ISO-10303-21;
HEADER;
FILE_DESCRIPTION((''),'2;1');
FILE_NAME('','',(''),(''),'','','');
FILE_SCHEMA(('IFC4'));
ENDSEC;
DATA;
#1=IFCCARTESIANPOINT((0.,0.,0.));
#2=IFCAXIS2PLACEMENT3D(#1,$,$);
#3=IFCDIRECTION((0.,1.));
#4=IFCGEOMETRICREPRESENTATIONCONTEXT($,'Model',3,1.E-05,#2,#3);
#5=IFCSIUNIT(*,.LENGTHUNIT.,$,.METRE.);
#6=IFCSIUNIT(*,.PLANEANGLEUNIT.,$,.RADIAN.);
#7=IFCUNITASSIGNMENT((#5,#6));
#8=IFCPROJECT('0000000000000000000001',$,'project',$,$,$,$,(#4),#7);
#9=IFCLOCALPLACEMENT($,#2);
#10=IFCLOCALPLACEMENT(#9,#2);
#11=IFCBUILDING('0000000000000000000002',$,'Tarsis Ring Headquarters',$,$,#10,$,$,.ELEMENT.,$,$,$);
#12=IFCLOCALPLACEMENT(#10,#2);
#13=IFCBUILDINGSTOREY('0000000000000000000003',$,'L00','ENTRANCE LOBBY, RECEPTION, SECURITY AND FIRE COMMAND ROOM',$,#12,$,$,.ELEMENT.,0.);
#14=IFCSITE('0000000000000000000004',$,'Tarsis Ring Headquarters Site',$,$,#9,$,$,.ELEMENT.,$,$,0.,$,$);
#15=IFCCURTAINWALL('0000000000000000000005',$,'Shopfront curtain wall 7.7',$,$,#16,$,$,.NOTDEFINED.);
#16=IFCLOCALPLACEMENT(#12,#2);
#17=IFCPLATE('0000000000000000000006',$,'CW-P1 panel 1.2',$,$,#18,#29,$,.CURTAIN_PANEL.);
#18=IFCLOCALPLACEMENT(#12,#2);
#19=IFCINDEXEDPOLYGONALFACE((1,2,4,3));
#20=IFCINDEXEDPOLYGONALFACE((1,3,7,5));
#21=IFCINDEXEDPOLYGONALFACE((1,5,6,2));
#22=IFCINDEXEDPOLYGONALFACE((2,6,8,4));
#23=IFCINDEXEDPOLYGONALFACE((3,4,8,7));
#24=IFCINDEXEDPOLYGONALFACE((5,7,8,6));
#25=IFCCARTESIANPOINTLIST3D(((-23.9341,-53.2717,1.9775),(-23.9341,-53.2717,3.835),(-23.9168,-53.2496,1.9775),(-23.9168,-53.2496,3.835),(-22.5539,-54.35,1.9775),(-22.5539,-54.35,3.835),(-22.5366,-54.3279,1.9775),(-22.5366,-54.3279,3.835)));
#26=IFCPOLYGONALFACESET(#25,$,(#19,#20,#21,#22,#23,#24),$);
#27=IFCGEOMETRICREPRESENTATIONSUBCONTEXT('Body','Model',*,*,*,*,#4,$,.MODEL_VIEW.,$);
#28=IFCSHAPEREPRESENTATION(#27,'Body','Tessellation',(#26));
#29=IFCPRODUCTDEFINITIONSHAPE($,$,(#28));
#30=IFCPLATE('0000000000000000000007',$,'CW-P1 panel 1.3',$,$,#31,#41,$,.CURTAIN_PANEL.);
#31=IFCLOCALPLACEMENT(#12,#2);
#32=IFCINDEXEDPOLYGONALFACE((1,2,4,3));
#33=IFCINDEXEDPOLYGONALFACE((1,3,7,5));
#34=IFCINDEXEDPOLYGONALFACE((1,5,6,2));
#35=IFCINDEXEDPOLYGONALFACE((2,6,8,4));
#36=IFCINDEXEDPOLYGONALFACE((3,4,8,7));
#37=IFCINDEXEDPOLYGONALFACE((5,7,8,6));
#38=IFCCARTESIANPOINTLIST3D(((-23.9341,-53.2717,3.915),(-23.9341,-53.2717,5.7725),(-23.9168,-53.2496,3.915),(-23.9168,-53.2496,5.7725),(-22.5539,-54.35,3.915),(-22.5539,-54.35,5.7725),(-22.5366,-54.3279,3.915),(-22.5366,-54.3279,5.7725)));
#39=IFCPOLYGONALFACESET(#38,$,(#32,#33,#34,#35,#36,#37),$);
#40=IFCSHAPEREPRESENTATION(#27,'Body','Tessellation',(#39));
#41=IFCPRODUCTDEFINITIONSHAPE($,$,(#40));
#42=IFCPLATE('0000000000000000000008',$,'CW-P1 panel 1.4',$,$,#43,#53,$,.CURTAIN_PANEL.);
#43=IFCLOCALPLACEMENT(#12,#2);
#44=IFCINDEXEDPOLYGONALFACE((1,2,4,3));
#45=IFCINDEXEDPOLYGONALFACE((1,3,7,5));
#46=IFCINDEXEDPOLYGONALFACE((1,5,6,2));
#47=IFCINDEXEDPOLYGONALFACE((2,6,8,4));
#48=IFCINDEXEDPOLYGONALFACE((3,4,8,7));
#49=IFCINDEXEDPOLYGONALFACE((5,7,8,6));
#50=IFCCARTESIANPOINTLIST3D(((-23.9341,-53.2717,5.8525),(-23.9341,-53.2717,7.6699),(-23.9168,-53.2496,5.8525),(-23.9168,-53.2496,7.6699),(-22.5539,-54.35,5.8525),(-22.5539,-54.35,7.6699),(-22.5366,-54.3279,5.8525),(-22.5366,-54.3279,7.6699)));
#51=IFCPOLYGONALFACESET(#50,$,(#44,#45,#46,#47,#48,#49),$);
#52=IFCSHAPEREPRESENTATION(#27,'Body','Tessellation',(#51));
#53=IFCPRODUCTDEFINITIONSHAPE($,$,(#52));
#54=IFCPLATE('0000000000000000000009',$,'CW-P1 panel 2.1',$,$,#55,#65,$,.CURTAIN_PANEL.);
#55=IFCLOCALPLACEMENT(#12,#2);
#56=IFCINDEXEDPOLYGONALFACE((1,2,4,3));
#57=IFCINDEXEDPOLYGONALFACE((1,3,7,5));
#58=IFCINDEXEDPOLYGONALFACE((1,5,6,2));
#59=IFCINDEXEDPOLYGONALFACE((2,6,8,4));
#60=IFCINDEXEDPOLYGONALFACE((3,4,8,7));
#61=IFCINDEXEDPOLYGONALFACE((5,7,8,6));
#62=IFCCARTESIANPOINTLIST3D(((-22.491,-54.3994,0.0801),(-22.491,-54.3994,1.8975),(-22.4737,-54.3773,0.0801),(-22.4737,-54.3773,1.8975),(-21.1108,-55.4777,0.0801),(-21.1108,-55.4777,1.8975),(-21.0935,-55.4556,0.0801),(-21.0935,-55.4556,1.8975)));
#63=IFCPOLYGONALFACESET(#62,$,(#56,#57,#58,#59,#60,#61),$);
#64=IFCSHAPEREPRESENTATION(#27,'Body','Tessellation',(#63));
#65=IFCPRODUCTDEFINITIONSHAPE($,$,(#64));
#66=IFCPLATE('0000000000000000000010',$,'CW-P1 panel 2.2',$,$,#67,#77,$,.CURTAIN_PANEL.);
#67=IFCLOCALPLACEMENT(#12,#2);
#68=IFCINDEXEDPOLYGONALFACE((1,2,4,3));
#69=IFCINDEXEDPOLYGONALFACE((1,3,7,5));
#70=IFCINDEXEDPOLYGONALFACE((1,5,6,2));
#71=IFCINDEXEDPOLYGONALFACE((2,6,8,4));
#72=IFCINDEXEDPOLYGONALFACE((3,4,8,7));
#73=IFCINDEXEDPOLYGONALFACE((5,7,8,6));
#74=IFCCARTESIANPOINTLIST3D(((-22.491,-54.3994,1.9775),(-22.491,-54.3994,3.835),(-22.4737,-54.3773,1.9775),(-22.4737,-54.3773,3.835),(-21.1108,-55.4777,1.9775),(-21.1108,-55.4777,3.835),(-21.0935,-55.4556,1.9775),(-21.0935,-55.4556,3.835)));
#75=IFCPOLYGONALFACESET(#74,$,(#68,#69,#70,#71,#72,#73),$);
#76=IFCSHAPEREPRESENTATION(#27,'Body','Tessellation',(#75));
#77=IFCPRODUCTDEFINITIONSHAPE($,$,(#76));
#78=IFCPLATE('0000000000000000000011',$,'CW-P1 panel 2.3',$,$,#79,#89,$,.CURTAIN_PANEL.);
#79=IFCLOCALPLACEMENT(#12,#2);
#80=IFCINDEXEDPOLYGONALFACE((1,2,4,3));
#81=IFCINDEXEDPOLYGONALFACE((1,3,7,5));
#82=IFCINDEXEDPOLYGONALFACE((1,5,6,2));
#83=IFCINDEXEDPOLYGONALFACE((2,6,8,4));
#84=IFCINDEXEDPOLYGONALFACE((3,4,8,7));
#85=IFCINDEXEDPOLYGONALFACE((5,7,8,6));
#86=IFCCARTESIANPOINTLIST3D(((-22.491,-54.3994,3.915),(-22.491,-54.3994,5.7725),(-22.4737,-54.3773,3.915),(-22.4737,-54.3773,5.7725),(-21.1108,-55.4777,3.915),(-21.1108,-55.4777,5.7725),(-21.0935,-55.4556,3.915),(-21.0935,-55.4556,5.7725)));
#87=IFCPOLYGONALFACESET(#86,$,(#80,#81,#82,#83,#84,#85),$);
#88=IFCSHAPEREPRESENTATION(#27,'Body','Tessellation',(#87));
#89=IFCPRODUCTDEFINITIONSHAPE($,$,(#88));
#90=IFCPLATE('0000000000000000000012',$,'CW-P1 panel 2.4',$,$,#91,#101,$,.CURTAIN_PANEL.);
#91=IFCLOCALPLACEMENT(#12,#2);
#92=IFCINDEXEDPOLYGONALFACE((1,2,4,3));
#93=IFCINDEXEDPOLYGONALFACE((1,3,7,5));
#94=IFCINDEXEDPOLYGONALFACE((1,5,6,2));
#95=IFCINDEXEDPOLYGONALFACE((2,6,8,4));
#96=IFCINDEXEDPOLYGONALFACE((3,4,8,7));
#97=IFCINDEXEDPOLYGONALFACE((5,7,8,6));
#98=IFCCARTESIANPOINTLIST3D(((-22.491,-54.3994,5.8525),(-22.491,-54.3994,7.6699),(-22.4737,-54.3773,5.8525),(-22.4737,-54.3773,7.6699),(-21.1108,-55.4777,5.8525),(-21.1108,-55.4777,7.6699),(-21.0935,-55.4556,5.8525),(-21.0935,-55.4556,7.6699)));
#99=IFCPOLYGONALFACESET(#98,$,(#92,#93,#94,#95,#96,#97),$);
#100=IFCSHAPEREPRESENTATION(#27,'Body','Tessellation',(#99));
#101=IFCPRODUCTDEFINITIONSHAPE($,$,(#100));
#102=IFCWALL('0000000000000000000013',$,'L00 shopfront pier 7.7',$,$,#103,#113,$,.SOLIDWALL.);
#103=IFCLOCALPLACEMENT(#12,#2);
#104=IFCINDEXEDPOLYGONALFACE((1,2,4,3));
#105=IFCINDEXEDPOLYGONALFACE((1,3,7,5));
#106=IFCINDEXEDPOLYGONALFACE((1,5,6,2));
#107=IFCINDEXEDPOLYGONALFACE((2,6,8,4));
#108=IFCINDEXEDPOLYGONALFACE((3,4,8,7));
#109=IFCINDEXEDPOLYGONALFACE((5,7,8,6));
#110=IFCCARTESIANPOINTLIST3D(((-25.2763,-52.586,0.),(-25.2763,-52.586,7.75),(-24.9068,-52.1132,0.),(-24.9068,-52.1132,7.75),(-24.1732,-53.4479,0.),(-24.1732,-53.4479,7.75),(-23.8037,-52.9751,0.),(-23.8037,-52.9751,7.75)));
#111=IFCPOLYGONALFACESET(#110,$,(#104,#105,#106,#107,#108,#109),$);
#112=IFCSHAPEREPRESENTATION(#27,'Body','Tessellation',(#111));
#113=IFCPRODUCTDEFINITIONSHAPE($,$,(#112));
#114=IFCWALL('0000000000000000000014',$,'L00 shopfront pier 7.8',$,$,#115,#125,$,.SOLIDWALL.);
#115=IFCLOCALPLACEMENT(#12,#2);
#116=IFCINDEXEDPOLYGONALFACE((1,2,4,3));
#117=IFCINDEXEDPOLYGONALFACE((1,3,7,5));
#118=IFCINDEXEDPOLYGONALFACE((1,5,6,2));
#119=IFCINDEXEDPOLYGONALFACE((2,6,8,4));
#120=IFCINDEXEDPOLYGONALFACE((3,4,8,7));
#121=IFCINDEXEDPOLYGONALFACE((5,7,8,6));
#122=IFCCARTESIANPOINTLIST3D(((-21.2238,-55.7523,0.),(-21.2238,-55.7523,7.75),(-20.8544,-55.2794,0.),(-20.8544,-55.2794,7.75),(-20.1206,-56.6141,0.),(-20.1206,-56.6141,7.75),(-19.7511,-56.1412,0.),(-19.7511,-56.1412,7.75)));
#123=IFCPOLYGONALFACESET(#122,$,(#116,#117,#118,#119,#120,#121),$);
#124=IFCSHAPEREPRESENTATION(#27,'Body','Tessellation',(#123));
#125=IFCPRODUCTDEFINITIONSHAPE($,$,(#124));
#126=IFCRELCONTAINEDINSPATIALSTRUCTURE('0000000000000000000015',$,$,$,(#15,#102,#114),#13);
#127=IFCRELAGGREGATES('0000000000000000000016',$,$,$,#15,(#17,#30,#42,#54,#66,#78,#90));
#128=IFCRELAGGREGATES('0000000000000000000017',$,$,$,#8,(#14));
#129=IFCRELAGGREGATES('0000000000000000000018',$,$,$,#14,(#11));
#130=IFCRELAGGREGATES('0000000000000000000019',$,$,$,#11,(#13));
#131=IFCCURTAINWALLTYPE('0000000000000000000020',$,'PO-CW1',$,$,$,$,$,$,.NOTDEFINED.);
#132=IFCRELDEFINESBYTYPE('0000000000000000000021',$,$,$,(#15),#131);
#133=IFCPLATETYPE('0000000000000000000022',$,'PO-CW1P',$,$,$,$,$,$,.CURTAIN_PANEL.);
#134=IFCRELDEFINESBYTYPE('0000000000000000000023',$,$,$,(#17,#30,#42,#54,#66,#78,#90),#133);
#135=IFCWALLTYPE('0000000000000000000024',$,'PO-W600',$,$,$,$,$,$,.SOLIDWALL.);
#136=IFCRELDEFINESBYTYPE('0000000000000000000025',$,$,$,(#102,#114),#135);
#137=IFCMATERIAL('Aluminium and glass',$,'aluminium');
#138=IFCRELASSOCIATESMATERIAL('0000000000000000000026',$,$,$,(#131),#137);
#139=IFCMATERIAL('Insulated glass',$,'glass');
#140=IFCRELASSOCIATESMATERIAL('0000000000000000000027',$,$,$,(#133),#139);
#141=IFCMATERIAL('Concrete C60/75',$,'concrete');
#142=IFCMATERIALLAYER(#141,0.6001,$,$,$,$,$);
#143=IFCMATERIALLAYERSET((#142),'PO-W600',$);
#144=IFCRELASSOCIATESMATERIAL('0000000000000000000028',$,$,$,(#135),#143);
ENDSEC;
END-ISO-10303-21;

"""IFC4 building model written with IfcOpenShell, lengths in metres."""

from ifc_helpers import new_model, si_unit, direction, frame, frame_2d, origin, origin_2d, place, context, subcontext, project, spatial, rectangle, extrude, material, layer, layer_set, type_object, element, aggregate, save


model = new_model("IFC4")

# Units and contexts
model_context = context("Model", 3, precision=1e-05, world=origin(), true_north=direction((0.0, 1.0)))
body_context = subcontext(model_context, "Body", "Model", "MODEL_VIEW")
ifc_project = project(units=[si_unit("LENGTHUNIT", "METRE"), si_unit("PLANEANGLEUNIT", "RADIAN")], contexts=[model_context])

# Site, building, storey
site_placement = place(None, origin())
site = spatial("IfcSite", under=ifc_project, at=site_placement, Name="Tarsis Ring Headquarters Site", CompositionType="ELEMENT", RefElevation=0.0)
building_placement = place(site_placement, origin())
building = spatial("IfcBuilding", under=site, at=building_placement, Name="Tarsis Ring Headquarters", CompositionType="ELEMENT")
storey_placement = place(building_placement, origin())
storey = spatial("IfcBuildingStorey", under=building, at=storey_placement, Name="L00", Description="ENTRANCE LOBBY, RECEPTION, SECURITY AND FIRE COMMAND ROOM", CompositionType="ELEMENT", Elevation=0.0)

# Curtain wall, plates
ifc_material_1 = material(Name="Aluminium and glass", Category="aluminium")
curtain_wall_type = type_object("IfcCurtainWallType", Name="PO-CW1", PredefinedType="NOTDEFINED", material=ifc_material_1)
curtain_wall_placement = place(storey_placement, origin())
curtain_wall = element("IfcCurtainWall", 1, at=curtain_wall_placement, inside=storey, type_object=curtain_wall_type, Name="Shopfront curtain wall 7.7", PredefinedType="NOTDEFINED")
ifc_material_2 = material(Name="Insulated glass", Category="glass")
plate_type = type_object("IfcPlateType", Name="PO-CW1P", PredefinedType="CURTAIN_PANEL", material=ifc_material_2)
plate_1_placement = place(storey_placement, frame((-23.2354, -53.7998, 1.9775), z_axis=(0.0, 0.0, 1.0), x_axis=(0.788011, -0.615661, 0.0)))
plate_1 = element("IfcPlate", 2, at=plate_1_placement, type_object=plate_type, Name="CW-P1 panel 1.2", PredefinedType="CURTAIN_PANEL", context=body_context, shape_type="SweptSolid", body=[
    extrude(rectangle(XDim=1.7515, YDim=0.0281, at=origin_2d()), origin(), (0.0, 0.0, 1.0), 1.8574),
])
plate_2_placement = place(storey_placement, frame((-23.2354, -53.7998, 3.915), z_axis=(0.0, 0.0, 1.0), x_axis=(0.788011, -0.615661, 0.0)))
plate_2 = element("IfcPlate", 3, at=plate_2_placement, type_object=plate_type, Name="CW-P1 panel 1.3", PredefinedType="CURTAIN_PANEL", context=body_context, shape_type="SweptSolid", body=[
    extrude(rectangle(XDim=1.7515, YDim=0.0281, at=origin_2d()), origin(), (0.0, 0.0, 1.0), 1.8574),
])
plate_3_placement = place(storey_placement, frame((-23.2354, -53.7998, 5.8525), z_axis=(0.0, 0.0, 1.0), x_axis=(0.788011, -0.615661, 0.0)))
plate_3 = element("IfcPlate", 4, at=plate_3_placement, type_object=plate_type, Name="CW-P1 panel 1.4", PredefinedType="CURTAIN_PANEL", context=body_context, shape_type="SweptSolid", body=[
    extrude(rectangle(XDim=1.7515, YDim=0.0281, at=origin_2d()), origin(), (0.0, 0.0, 1.0), 1.8174),
])
plate_4_placement = place(storey_placement, frame((-21.7922, -54.9275, 0.0801), z_axis=(0.0, 0.0, 1.0), x_axis=(0.788011, -0.615661, 0.0)))
plate_4 = element("IfcPlate", 5, at=plate_4_placement, type_object=plate_type, Name="CW-P1 panel 2.1", PredefinedType="CURTAIN_PANEL", context=body_context, shape_type="SweptSolid", body=[
    extrude(rectangle(XDim=1.7515, YDim=0.0281, at=origin_2d()), origin(), (0.0, 0.0, 1.0), 1.8174),
])
plate_5_placement = place(storey_placement, frame((-21.7922, -54.9275, 1.9775), z_axis=(0.0, 0.0, 1.0), x_axis=(0.788011, -0.615661, 0.0)))
plate_5 = element("IfcPlate", 6, at=plate_5_placement, type_object=plate_type, Name="CW-P1 panel 2.2", PredefinedType="CURTAIN_PANEL", context=body_context, shape_type="SweptSolid", body=[
    extrude(rectangle(XDim=1.7515, YDim=0.0281, at=origin_2d()), origin(), (0.0, 0.0, 1.0), 1.8574),
])
plate_6_placement = place(storey_placement, frame((-21.7922, -54.9275, 3.915), z_axis=(0.0, 0.0, 1.0), x_axis=(0.788011, -0.615661, 0.0)))
plate_6 = element("IfcPlate", 7, at=plate_6_placement, type_object=plate_type, Name="CW-P1 panel 2.3", PredefinedType="CURTAIN_PANEL", context=body_context, shape_type="SweptSolid", body=[
    extrude(rectangle(XDim=1.7515, YDim=0.0281, at=origin_2d()), origin(), (0.0, 0.0, 1.0), 1.8574),
])
plate_7_placement = place(storey_placement, frame((-21.7922, -54.9275, 5.8525), z_axis=(0.0, 0.0, 1.0), x_axis=(0.788011, -0.615661, 0.0)))
plate_7 = element("IfcPlate", 8, at=plate_7_placement, type_object=plate_type, Name="CW-P1 panel 2.4", PredefinedType="CURTAIN_PANEL", context=body_context, shape_type="SweptSolid", body=[
    extrude(rectangle(XDim=1.7515, YDim=0.0281, at=origin_2d()), origin(), (0.0, 0.0, 1.0), 1.8174),
])
aggregate(curtain_wall, [plate_1, plate_2, plate_3, plate_4, plate_5, plate_6, plate_7])

# Walls
ifc_material_3 = material(Name="Concrete C60/75", Category="concrete")
ifc_layer = layer(ifc_material_3, 0.6001)
ifc_layer_set = layer_set([ifc_layer], Name="PO-W600")
wall_type = type_object("IfcWallType", Name="PO-W600", PredefinedType="SOLIDWALL", material=ifc_layer_set)
for number, where, z_axis, x_axis, name in (
    (9, (-25.0916, -52.3496, 0.0), (0.0, 0.0, 1.0), (0.787998, -0.615678, 0.0), "L00 shopfront pier 7.7"),
    (10, (-21.0391, -55.5159, 0.0), (0.0, 0.0, 1.0), (0.788064, -0.615593, 0.0), "L00 shopfront pier 7.8"),
):
    element("IfcWall", number, at=place(storey_placement, frame(where, z_axis=z_axis, x_axis=x_axis)), inside=storey, type_object=wall_type, Name=name, PredefinedType="SOLIDWALL", context=body_context, shape_type="SweptSolid", body=[
        extrude(rectangle(XDim=1.3999, YDim=0.6001, at=frame_2d((0.7, 0.0))), origin(), (0.0, 0.0, 1.0), 7.75),
    ])

save(model, "model.ifc")
